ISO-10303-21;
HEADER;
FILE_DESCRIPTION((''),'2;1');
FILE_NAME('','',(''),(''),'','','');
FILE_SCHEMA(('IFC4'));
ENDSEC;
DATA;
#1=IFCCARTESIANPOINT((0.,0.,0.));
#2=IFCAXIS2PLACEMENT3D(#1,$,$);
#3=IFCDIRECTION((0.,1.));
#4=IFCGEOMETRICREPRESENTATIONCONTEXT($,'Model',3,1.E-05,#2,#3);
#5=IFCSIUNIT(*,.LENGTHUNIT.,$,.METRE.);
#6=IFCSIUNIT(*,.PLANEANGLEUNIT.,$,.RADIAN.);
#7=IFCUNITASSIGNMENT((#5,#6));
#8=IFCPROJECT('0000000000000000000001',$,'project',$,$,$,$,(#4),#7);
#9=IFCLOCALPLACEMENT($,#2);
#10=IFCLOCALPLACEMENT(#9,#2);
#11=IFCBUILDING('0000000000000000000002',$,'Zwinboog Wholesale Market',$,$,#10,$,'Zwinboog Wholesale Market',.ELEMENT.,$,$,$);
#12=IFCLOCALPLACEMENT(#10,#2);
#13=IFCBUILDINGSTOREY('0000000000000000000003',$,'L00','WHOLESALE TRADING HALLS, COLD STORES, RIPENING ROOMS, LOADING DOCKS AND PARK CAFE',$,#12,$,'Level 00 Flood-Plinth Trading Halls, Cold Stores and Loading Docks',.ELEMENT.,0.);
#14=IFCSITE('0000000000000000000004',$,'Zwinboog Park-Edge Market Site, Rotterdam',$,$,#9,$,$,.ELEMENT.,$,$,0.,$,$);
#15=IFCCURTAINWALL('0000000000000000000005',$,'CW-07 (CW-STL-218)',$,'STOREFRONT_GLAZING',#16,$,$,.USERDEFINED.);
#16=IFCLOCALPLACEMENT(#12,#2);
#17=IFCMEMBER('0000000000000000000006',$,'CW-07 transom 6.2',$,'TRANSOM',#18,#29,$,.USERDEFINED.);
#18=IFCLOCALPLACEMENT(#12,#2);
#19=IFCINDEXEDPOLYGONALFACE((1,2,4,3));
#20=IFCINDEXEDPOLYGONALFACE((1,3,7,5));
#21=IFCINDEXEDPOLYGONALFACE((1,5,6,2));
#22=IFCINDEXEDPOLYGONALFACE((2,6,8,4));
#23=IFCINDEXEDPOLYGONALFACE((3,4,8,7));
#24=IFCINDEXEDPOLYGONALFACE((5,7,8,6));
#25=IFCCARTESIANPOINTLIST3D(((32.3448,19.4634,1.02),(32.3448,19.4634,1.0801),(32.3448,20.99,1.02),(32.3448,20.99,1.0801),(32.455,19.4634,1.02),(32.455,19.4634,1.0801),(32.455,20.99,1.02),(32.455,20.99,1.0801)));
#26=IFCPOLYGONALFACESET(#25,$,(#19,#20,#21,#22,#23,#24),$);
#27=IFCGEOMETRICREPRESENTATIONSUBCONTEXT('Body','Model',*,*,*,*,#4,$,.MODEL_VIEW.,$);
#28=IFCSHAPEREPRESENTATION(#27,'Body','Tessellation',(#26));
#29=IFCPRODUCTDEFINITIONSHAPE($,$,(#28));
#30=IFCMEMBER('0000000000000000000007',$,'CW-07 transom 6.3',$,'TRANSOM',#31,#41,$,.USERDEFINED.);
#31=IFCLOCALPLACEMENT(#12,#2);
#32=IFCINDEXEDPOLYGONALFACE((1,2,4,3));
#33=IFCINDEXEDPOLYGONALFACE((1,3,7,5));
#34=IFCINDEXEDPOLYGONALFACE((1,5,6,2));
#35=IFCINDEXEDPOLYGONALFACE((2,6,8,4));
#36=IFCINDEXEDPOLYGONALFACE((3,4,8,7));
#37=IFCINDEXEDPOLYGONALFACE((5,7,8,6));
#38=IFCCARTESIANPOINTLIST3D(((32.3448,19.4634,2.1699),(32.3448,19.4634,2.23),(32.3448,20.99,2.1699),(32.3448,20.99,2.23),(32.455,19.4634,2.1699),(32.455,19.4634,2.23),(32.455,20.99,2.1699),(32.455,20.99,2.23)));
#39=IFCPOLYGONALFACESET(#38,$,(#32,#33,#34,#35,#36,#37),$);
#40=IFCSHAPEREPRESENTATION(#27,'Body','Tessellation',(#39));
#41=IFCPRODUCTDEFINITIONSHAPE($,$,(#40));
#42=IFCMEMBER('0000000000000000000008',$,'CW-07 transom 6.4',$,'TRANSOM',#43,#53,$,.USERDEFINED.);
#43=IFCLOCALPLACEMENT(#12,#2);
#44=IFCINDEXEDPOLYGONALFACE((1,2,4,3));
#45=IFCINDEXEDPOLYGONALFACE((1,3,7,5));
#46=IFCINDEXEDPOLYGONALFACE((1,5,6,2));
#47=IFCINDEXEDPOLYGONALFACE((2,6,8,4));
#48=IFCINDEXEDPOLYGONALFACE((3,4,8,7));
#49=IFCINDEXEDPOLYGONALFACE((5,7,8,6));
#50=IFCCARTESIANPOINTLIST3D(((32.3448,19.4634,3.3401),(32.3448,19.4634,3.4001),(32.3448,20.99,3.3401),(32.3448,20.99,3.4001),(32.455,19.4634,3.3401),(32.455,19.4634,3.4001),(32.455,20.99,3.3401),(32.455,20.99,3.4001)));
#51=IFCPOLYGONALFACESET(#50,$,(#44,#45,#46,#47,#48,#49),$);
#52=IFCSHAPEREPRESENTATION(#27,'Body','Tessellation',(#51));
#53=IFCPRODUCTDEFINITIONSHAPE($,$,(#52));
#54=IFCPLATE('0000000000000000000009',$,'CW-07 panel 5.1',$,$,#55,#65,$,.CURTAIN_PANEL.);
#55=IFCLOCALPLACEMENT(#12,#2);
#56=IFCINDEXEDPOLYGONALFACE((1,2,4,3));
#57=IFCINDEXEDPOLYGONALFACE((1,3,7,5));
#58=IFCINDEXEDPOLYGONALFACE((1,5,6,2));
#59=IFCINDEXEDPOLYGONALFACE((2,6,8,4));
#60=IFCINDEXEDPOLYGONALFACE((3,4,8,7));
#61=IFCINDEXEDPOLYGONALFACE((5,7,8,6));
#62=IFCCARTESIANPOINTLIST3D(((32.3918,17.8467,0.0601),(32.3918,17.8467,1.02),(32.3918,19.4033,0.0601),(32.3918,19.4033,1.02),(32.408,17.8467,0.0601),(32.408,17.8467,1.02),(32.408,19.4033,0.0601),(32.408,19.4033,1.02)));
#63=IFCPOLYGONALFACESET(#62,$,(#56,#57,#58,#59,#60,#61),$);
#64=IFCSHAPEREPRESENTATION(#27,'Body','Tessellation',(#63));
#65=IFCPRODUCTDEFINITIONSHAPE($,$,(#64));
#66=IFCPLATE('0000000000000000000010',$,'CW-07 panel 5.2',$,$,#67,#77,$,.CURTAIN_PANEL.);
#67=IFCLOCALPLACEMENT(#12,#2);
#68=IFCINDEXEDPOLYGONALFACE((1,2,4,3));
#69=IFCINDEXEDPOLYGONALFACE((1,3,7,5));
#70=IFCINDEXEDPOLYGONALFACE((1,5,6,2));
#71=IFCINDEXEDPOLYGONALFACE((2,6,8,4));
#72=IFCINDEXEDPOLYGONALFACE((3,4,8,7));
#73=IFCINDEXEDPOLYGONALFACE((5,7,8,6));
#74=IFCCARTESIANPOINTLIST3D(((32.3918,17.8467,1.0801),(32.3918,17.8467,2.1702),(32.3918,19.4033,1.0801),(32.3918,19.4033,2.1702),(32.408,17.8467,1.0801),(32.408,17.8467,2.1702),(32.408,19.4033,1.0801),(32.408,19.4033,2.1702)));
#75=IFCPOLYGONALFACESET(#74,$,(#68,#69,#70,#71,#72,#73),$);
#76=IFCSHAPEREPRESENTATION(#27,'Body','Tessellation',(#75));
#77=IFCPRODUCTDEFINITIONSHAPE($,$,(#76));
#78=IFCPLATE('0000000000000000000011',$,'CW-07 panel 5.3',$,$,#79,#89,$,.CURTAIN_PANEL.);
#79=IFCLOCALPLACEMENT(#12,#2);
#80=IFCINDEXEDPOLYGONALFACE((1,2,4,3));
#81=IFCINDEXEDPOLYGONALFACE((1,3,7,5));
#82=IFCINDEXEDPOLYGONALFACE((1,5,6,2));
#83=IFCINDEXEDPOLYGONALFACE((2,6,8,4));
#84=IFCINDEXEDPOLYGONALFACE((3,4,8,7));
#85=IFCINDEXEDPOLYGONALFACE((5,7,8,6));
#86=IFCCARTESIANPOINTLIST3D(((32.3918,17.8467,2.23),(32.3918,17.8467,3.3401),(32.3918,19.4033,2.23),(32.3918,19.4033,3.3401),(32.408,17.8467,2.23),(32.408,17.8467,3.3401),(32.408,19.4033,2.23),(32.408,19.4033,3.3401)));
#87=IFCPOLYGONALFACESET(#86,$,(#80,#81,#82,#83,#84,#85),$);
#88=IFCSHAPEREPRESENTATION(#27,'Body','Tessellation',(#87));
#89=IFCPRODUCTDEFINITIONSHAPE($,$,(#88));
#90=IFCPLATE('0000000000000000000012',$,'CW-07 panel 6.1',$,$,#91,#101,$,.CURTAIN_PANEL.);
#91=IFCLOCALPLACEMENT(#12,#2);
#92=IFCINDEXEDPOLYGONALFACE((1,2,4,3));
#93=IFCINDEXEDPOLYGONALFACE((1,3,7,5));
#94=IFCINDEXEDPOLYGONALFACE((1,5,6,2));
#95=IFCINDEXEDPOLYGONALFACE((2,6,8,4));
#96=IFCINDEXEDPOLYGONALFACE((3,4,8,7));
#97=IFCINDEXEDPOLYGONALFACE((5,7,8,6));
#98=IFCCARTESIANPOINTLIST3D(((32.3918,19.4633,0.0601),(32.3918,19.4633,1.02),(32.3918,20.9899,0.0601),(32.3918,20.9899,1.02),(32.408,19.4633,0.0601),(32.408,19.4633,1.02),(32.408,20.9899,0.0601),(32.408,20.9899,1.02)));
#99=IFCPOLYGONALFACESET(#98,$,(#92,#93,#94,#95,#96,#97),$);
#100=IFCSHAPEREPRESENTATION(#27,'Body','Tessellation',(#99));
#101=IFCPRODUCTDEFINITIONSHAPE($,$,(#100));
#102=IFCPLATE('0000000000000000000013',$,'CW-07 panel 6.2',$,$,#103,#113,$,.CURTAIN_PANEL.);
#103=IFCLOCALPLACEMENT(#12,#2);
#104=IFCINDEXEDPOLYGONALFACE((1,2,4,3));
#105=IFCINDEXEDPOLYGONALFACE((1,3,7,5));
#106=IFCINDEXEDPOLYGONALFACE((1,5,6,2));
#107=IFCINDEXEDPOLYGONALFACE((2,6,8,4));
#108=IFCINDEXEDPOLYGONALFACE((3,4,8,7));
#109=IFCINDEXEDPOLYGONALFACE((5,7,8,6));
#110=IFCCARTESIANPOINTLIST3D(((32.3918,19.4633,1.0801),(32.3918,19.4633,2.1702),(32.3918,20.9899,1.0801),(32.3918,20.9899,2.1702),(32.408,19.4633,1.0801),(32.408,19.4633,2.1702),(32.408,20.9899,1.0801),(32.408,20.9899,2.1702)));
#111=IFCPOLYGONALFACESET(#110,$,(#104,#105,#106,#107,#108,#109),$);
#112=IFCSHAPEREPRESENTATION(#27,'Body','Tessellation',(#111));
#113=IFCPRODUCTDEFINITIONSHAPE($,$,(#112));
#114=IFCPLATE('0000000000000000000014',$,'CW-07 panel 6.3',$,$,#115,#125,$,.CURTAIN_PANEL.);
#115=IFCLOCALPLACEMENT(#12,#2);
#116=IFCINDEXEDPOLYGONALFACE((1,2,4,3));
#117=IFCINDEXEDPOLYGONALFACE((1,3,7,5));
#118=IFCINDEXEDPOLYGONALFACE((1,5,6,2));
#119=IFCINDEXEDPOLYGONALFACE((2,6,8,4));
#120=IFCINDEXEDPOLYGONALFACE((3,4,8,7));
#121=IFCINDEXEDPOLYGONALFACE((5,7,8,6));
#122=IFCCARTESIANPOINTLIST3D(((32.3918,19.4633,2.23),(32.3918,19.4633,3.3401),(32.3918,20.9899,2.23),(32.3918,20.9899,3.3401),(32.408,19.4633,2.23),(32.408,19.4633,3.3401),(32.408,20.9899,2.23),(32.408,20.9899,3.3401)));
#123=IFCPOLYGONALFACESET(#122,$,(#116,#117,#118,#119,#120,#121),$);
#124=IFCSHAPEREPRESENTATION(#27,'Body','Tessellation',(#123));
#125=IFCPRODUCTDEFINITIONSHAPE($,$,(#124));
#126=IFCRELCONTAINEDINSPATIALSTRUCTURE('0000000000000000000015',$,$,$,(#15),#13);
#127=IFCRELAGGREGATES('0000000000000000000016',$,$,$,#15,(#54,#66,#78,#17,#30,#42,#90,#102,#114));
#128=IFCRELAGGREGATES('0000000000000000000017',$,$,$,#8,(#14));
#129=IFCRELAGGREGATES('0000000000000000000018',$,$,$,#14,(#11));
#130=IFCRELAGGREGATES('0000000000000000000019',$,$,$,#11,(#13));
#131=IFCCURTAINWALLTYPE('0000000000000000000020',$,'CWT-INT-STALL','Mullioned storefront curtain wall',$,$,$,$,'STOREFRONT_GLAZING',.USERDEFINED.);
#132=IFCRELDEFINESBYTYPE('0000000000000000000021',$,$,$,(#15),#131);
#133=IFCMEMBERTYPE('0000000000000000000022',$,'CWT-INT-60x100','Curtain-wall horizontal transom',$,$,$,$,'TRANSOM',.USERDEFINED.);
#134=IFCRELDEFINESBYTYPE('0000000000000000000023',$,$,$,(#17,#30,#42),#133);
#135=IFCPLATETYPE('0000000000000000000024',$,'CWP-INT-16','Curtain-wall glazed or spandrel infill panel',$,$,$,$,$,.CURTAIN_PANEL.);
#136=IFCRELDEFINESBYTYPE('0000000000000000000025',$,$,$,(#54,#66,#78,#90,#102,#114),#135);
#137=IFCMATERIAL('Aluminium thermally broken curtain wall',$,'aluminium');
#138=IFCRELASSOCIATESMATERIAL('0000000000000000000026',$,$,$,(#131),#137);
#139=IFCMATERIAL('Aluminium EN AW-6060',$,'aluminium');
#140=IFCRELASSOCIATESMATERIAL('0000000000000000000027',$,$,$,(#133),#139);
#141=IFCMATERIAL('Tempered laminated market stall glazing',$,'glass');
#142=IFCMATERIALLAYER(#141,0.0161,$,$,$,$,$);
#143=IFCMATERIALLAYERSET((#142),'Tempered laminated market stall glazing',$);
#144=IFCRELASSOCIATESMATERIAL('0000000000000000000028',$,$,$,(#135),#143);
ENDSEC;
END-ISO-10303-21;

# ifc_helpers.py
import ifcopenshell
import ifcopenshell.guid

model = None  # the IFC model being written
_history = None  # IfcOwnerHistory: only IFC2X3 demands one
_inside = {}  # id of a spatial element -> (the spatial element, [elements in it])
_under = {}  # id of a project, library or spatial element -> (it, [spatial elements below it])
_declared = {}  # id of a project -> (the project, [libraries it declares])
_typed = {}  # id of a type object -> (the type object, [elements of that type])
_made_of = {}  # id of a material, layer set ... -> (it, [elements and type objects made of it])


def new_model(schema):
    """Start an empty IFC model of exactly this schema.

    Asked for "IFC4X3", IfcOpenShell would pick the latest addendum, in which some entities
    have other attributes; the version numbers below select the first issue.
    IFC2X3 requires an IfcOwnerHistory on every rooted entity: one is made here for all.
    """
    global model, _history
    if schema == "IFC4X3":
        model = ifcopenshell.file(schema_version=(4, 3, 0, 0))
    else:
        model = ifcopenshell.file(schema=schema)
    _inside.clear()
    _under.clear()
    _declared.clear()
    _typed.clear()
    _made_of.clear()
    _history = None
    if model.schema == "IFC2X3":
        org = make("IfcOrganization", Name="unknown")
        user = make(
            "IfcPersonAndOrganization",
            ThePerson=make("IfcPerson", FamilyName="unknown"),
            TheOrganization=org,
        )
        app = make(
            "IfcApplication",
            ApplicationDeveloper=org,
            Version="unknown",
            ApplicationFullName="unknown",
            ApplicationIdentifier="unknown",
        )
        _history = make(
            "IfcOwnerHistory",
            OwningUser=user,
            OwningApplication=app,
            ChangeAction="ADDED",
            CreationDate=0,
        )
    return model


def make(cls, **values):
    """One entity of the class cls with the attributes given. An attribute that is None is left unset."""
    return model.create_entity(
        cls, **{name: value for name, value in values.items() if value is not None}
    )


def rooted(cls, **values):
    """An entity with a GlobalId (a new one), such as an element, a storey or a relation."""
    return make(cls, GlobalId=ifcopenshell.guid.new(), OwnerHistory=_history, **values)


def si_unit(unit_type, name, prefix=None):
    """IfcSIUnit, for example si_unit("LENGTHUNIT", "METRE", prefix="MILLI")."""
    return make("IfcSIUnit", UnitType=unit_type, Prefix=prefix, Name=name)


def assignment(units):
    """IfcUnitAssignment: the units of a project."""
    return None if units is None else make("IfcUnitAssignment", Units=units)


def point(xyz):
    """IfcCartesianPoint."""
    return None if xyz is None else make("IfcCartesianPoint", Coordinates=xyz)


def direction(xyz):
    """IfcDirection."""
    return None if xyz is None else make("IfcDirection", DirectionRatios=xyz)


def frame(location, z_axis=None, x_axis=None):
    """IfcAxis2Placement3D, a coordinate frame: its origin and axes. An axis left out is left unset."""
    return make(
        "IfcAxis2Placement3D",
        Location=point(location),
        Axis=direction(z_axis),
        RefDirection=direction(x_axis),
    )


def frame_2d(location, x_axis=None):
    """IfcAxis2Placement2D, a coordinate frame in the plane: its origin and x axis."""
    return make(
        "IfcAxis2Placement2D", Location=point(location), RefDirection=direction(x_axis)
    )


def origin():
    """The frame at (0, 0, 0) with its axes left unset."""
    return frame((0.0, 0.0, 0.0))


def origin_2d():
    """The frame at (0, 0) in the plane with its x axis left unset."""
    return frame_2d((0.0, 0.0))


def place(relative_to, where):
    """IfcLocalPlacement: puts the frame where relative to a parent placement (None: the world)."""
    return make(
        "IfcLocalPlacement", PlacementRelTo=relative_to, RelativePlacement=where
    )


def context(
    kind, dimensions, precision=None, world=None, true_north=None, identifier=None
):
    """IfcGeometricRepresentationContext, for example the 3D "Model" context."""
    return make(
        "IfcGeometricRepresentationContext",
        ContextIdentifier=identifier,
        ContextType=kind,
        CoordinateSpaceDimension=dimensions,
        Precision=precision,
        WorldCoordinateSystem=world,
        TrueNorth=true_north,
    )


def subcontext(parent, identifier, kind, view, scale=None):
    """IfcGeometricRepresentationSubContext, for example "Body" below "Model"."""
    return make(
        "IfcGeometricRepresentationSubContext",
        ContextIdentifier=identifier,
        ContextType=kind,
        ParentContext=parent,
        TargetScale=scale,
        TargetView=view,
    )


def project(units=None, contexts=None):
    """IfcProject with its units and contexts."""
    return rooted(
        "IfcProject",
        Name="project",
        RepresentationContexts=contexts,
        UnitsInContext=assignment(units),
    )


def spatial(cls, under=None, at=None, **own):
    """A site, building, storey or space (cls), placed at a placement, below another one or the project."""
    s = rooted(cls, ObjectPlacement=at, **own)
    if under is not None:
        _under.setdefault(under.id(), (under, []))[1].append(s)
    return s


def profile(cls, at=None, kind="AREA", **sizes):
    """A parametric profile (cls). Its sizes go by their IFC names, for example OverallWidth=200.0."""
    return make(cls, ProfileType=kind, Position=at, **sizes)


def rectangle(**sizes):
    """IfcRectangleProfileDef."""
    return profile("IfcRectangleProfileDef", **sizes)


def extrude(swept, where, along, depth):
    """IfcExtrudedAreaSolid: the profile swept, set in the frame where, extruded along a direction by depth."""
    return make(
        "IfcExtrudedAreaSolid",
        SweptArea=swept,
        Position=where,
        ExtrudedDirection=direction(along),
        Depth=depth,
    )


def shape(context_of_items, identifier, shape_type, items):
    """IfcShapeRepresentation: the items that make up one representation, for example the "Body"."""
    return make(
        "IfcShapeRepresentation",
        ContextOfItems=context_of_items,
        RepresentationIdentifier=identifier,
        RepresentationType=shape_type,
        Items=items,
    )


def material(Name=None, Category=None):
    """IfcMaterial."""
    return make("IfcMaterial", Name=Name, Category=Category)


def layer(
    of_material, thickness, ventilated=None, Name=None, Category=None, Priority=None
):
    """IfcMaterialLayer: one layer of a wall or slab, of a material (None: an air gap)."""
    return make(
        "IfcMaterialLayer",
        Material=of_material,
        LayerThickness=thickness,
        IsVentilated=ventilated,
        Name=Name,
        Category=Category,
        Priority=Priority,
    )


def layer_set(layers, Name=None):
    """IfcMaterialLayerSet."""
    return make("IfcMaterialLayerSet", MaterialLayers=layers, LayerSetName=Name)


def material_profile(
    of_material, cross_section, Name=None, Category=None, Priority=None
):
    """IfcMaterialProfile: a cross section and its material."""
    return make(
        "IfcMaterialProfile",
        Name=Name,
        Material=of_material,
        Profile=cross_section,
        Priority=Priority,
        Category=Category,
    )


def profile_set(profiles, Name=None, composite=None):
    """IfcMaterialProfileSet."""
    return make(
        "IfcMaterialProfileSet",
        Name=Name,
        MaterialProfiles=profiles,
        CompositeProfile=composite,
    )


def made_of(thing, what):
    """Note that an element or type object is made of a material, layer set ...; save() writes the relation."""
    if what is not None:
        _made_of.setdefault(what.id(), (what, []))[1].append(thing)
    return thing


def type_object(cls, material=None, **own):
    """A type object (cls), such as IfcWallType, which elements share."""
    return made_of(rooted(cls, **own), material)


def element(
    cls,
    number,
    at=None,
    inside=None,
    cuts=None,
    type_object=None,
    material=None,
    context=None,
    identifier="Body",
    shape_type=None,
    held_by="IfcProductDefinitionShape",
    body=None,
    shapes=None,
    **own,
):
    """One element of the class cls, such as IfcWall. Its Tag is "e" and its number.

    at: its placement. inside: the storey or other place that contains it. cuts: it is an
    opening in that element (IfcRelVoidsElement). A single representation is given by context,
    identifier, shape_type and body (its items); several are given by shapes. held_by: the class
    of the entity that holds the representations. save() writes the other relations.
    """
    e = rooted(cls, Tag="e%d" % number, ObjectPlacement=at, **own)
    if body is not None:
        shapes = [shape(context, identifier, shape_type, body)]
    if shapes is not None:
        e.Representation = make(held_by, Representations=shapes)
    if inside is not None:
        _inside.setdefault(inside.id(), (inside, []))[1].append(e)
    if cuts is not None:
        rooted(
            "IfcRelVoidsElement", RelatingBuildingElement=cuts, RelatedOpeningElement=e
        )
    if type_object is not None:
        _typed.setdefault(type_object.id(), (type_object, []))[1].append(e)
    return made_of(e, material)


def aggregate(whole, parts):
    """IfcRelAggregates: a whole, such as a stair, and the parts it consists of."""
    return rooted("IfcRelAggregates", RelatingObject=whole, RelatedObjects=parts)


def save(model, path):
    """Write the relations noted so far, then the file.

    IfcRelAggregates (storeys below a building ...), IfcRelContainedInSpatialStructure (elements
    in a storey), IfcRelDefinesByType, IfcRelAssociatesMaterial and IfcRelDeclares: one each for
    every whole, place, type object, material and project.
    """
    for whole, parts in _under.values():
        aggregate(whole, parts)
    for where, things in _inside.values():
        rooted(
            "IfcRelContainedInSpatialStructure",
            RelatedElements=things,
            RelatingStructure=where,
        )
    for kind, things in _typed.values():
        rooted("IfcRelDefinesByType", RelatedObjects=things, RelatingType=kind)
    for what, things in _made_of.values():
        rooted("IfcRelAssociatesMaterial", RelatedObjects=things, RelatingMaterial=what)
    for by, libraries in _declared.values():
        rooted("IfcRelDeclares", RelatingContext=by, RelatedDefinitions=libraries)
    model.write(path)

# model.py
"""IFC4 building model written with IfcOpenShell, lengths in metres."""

from ifc_helpers import new_model, si_unit, direction, frame, origin, origin_2d, place, context, subcontext, project, spatial, rectangle, extrude, material, layer, layer_set, material_profile, profile_set, type_object, element, aggregate, save


model = new_model("IFC4")

# Units and contexts
model_context = context("Model", 3, precision=1e-05, world=origin(), true_north=direction((0.0, 1.0)))
body_context = subcontext(model_context, "Body", "Model", "MODEL_VIEW")
ifc_project = project(units=[si_unit("LENGTHUNIT", "METRE"), si_unit("PLANEANGLEUNIT", "RADIAN")], contexts=[model_context])

# Site, building, storey
site_placement = place(None, origin())
site = spatial("IfcSite", under=ifc_project, at=site_placement, Name="Zwinboog Park-Edge Market Site, Rotterdam", CompositionType="ELEMENT", RefElevation=0.0)
building_placement = place(site_placement, origin())
building = spatial("IfcBuilding", under=site, at=building_placement, Name="Zwinboog Wholesale Market", LongName="Zwinboog Wholesale Market", CompositionType="ELEMENT")
storey_placement = place(building_placement, origin())
storey = spatial("IfcBuildingStorey", under=building, at=storey_placement, Name="L00", Description="WHOLESALE TRADING HALLS, COLD STORES, RIPENING ROOMS, LOADING DOCKS AND PARK CAFE", LongName="Level 00 Flood-Plinth Trading Halls, Cold Stores and Loading Docks", CompositionType="ELEMENT", Elevation=0.0)

# Curtain wall, members, plates
ifc_material_1 = material(Name="Aluminium thermally broken curtain wall", Category="aluminium")
curtain_wall_type = type_object("IfcCurtainWallType", Name="CWT-INT-STALL", Description="Mullioned storefront curtain wall", ElementType="STOREFRONT_GLAZING", PredefinedType="USERDEFINED", material=ifc_material_1)
curtain_wall_placement = place(storey_placement, origin())
curtain_wall = element("IfcCurtainWall", 1, at=curtain_wall_placement, inside=storey, type_object=curtain_wall_type, Name="CW-07 (CW-STL-218)", ObjectType="STOREFRONT_GLAZING", PredefinedType="USERDEFINED")
ifc_material_2 = material(Name="Aluminium EN AW-6060", Category="aluminium")
ifc_material_profile_1 = material_profile(ifc_material_2, rectangle(XDim=0.1101, YDim=0.0601, at=origin_2d()), Name="AL 60x110")
ifc_profile_set_1 = profile_set([ifc_material_profile_1], Name="Aluminium EN AW-6060")
member_type_1 = type_object("IfcMemberType", Name="CWT-INT-60x100", Description="Curtain-wall horizontal transom", ElementType="TRANSOM", PredefinedType="USERDEFINED", material=ifc_profile_set_1)
member_1_placement = place(storey_placement, frame((32.3999, 19.4634, 1.05), z_axis=(0.0, 1.0, 0.0), x_axis=(-1.0, 0.0, 0.0)))
member_1 = element("IfcMember", 2, at=member_1_placement, type_object=member_type_1, Name="CW-07 transom 6.2", ObjectType="TRANSOM", PredefinedType="USERDEFINED", context=body_context, shape_type="SweptSolid", body=[
    extrude(rectangle(XDim=0.1101, YDim=0.0601, at=origin_2d()), origin(), (0.0, 0.0, 1.0), 1.5266),
])
member_2_placement = place(storey_placement, frame((32.3999, 19.4634, 2.2), z_axis=(0.0, 1.0, 0.0), x_axis=(-1.0, 0.0, 0.0)))
member_2 = element("IfcMember", 3, at=member_2_placement, type_object=member_type_1, Name="CW-07 transom 6.3", ObjectType="TRANSOM", PredefinedType="USERDEFINED", context=body_context, shape_type="SweptSolid", body=[
    extrude(rectangle(XDim=0.1101, YDim=0.0601, at=origin_2d()), origin(), (0.0, 0.0, 1.0), 1.5266),
])
member_3_placement = place(storey_placement, frame((32.3999, 19.4634, 3.3701), z_axis=(0.0, 1.0, 0.0), x_axis=(-1.0, 0.0, 0.0)))
member_3 = element("IfcMember", 4, at=member_3_placement, type_object=member_type_1, Name="CW-07 transom 6.4", ObjectType="TRANSOM", PredefinedType="USERDEFINED", context=body_context, shape_type="SweptSolid", body=[
    extrude(rectangle(XDim=0.1101, YDim=0.0601, at=origin_2d()), origin(), (0.0, 0.0, 1.0), 1.5266),
])
ifc_material_3 = material(Name="Tempered laminated market stall glazing", Category="glass")
ifc_layer = layer(ifc_material_3, 0.0161)
ifc_layer_set = layer_set([ifc_layer], Name="Tempered laminated market stall glazing")
plate_type = type_object("IfcPlateType", Name="CWP-INT-16", Description="Curtain-wall glazed or spandrel infill panel", PredefinedType="CURTAIN_PANEL", material=ifc_layer_set)
plate_1_placement = place(storey_placement, frame((32.3999, 18.625, 0.0601), z_axis=(0.0, 0.0, 1.0), x_axis=(0.0, 1.0, 0.0)))
plate_1 = element("IfcPlate", 5, at=plate_1_placement, type_object=plate_type, Name="CW-07 panel 5.1", PredefinedType="CURTAIN_PANEL", context=body_context, shape_type="SweptSolid", body=[
    extrude(rectangle(XDim=1.5566, YDim=0.0161, at=origin_2d()), origin(), (0.0, 0.0, 1.0), 0.96),
])
plate_2_placement = place(storey_placement, frame((32.3999, 18.625, 1.0801), z_axis=(0.0, 0.0, 1.0), x_axis=(0.0, 1.0, 0.0)))
plate_2 = element("IfcPlate", 6, at=plate_2_placement, type_object=plate_type, Name="CW-07 panel 5.2", PredefinedType="CURTAIN_PANEL", context=body_context, shape_type="SweptSolid", body=[
    extrude(rectangle(XDim=1.5566, YDim=0.0161, at=origin_2d()), origin(), (0.0, 0.0, 1.0), 1.0901),
])
plate_3_placement = place(storey_placement, frame((32.3999, 18.625, 2.23), z_axis=(0.0, 0.0, 1.0), x_axis=(0.0, 1.0, 0.0)))
plate_3 = element("IfcPlate", 7, at=plate_3_placement, type_object=plate_type, Name="CW-07 panel 5.3", PredefinedType="CURTAIN_PANEL", context=body_context, shape_type="SweptSolid", body=[
    extrude(rectangle(XDim=1.5566, YDim=0.0161, at=origin_2d()), origin(), (0.0, 0.0, 1.0), 1.1101),
])
plate_4_placement = place(storey_placement, frame((32.3999, 20.2266, 0.0601), z_axis=(0.0, 0.0, 1.0), x_axis=(0.0, 1.0, 0.0)))
plate_4 = element("IfcPlate", 8, at=plate_4_placement, type_object=plate_type, Name="CW-07 panel 6.1", PredefinedType="CURTAIN_PANEL", context=body_context, shape_type="SweptSolid", body=[
    extrude(rectangle(XDim=1.5266, YDim=0.0161, at=origin_2d()), origin(), (0.0, 0.0, 1.0), 0.96),
])
plate_5_placement = place(storey_placement, frame((32.3999, 20.2266, 1.0801), z_axis=(0.0, 0.0, 1.0), x_axis=(0.0, 1.0, 0.0)))
plate_5 = element("IfcPlate", 9, at=plate_5_placement, type_object=plate_type, Name="CW-07 panel 6.2", PredefinedType="CURTAIN_PANEL", context=body_context, shape_type="SweptSolid", body=[
    extrude(rectangle(XDim=1.5266, YDim=0.0161, at=origin_2d()), origin(), (0.0, 0.0, 1.0), 1.0901),
])
plate_6_placement = place(storey_placement, frame((32.3999, 20.2266, 2.23), z_axis=(0.0, 0.0, 1.0), x_axis=(0.0, 1.0, 0.0)))
plate_6 = element("IfcPlate", 10, at=plate_6_placement, type_object=plate_type, Name="CW-07 panel 6.3", PredefinedType="CURTAIN_PANEL", context=body_context, shape_type="SweptSolid", body=[
    extrude(rectangle(XDim=1.5266, YDim=0.0161, at=origin_2d()), origin(), (0.0, 0.0, 1.0), 1.1101),
])
aggregate(curtain_wall, [plate_1, plate_2, plate_3, member_1, member_2, member_3, plate_4, plate_5, plate_6])

save(model, "model.ifc")
